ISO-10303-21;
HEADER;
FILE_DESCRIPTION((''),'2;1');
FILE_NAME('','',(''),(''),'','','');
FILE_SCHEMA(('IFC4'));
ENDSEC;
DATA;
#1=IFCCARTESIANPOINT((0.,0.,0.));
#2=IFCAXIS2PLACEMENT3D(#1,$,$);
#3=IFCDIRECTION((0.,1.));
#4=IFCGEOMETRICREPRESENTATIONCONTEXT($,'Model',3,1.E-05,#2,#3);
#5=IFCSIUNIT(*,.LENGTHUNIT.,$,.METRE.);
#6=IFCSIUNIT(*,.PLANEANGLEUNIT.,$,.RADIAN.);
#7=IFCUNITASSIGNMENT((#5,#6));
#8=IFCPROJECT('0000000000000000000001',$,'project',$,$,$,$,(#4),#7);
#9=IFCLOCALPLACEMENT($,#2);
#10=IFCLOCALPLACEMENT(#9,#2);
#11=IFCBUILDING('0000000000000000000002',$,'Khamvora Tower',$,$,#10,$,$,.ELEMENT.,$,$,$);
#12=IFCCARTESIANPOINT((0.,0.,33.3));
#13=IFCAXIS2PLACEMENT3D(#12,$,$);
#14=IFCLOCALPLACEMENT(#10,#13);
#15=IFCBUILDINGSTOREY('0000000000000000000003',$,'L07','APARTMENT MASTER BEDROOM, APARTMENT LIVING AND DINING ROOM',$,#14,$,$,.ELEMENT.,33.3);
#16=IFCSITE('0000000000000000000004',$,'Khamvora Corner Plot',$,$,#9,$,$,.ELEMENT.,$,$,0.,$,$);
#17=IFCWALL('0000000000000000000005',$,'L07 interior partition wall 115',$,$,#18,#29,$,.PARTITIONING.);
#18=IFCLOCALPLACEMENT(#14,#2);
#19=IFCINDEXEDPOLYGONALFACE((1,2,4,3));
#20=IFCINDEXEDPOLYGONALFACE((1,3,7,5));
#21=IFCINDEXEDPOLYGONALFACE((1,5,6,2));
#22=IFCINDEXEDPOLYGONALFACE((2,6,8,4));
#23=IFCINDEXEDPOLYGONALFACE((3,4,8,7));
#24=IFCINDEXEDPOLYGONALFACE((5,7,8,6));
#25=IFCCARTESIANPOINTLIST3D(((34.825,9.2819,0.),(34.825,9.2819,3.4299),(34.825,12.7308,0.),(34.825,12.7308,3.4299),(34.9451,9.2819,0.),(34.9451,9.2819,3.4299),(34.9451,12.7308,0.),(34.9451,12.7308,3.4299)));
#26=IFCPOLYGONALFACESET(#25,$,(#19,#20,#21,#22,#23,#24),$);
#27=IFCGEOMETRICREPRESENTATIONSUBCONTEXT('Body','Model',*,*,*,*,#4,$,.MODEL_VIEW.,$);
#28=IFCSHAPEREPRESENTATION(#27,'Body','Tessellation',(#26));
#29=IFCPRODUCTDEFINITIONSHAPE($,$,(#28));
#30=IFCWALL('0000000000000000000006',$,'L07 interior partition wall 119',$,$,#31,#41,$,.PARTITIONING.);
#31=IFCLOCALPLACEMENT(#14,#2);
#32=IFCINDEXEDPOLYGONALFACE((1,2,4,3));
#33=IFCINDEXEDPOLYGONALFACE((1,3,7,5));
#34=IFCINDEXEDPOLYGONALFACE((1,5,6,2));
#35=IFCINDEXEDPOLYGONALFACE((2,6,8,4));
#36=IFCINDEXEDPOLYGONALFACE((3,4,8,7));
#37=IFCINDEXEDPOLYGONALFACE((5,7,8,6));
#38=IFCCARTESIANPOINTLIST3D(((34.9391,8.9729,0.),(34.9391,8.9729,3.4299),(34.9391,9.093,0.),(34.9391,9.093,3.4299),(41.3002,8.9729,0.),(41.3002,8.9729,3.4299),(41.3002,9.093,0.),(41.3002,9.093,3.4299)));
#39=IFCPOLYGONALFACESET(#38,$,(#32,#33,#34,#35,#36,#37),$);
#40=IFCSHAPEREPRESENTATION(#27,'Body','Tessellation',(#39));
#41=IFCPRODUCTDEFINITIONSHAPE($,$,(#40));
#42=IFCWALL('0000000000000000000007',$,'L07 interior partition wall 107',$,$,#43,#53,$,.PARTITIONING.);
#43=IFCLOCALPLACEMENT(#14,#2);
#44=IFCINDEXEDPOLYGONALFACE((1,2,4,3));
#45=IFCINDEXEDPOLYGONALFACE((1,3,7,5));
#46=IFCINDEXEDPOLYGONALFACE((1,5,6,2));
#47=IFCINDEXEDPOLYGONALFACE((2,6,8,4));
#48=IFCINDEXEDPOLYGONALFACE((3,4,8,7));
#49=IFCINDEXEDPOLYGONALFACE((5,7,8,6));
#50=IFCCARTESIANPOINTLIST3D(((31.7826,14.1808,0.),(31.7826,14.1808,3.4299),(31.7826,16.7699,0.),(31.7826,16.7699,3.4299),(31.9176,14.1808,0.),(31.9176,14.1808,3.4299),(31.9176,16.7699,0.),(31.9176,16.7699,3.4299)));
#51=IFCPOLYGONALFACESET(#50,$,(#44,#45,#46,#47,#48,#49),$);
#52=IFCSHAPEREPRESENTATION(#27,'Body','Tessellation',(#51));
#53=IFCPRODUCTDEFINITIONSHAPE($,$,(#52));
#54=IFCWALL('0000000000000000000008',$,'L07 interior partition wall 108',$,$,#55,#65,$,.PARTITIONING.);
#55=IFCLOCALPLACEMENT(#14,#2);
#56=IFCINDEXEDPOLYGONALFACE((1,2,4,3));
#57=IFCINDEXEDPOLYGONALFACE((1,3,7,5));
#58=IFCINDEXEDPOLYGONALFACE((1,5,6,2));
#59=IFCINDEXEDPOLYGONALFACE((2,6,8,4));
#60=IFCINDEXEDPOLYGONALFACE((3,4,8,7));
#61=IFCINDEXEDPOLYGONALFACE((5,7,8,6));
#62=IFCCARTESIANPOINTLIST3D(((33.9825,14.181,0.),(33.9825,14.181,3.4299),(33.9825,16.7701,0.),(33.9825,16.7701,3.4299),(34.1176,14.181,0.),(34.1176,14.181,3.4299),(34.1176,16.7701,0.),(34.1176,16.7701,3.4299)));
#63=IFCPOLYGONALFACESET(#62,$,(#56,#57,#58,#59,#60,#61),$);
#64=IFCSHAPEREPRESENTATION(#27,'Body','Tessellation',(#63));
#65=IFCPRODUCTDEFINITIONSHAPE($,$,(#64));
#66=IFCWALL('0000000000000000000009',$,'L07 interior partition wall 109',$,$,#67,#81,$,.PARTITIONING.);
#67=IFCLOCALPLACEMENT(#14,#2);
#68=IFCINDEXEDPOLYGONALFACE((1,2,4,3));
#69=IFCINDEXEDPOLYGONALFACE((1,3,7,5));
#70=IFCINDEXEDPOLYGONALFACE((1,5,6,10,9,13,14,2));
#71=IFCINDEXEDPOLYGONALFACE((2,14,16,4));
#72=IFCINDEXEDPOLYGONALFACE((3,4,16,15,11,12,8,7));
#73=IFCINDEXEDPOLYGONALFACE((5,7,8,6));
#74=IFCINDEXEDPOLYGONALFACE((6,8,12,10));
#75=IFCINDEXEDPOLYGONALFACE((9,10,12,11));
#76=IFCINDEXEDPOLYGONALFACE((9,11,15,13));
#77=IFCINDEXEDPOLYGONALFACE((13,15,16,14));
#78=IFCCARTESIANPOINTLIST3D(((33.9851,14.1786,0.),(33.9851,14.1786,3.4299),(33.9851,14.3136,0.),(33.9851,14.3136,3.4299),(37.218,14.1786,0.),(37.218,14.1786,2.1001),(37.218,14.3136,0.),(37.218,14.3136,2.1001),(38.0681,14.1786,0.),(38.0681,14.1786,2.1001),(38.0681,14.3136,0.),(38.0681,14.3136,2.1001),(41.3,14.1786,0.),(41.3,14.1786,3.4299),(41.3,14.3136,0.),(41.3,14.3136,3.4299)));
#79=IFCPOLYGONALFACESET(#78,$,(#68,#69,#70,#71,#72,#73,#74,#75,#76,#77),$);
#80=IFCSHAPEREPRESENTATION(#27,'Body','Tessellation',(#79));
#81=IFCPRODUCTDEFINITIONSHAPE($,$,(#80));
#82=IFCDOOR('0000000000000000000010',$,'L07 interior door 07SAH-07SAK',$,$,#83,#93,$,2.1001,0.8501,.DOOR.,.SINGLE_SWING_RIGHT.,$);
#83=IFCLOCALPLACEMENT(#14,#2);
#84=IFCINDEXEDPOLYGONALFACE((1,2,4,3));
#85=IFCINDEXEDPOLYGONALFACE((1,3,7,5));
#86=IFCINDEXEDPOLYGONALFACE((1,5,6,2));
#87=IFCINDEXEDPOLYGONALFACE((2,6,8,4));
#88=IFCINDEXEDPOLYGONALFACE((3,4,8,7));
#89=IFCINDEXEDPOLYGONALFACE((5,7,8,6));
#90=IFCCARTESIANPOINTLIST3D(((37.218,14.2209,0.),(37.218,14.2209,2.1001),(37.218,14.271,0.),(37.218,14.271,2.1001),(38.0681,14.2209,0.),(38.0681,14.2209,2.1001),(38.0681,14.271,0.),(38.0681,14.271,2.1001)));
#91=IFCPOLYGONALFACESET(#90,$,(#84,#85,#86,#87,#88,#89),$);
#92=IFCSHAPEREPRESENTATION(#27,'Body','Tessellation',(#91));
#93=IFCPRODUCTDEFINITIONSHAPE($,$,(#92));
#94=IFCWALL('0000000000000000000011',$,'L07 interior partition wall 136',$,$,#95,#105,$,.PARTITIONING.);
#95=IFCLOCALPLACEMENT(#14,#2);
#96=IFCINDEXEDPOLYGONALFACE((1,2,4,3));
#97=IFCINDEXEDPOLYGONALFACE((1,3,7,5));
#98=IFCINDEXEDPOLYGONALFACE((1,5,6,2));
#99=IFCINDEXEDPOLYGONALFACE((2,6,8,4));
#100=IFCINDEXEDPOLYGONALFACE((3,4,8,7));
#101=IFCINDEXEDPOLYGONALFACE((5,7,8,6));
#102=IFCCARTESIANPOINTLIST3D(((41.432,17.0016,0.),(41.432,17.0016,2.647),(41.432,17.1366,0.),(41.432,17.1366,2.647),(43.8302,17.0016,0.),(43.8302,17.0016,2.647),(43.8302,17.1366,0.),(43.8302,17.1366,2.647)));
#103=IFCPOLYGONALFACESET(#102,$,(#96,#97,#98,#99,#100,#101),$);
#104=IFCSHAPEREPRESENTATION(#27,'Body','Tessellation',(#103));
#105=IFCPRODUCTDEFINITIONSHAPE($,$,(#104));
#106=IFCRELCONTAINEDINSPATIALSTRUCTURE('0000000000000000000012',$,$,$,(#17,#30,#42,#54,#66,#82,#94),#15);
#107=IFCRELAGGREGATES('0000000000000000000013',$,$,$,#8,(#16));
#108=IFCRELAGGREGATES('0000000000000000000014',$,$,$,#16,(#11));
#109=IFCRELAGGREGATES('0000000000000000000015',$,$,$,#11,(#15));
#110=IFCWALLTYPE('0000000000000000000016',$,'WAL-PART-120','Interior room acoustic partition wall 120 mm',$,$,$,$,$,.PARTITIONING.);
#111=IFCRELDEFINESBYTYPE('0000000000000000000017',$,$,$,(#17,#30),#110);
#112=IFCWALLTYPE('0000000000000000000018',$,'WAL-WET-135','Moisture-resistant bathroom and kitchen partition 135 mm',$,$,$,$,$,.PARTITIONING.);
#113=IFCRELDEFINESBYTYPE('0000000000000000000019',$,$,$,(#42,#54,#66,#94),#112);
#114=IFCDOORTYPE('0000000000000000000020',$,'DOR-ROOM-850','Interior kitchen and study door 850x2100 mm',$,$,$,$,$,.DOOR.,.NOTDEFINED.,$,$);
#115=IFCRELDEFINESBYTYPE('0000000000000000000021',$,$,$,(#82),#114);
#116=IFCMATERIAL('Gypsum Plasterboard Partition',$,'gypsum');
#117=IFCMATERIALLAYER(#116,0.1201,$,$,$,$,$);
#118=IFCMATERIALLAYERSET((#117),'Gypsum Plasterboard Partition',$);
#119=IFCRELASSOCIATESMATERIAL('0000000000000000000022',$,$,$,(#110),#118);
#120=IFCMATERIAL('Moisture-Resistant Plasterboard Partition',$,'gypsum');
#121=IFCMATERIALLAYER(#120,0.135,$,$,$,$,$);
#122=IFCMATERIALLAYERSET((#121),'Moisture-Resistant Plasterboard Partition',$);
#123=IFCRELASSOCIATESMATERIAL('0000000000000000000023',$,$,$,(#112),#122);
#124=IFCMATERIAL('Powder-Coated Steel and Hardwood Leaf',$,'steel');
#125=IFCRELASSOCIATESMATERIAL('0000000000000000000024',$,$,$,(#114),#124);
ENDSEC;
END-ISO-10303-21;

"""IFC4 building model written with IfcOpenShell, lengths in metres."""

from ifc_helpers import new_model, si_unit, direction, frame, frame_2d, origin, place, context, subcontext, project, spatial, rectangle, extrude, material, layer, layer_set, type_object, element, fill, save


model = new_model("IFC4")

# Units and contexts
model_context = context("Model", 3, precision=1e-05, world=origin(), true_north=direction((0.0, 1.0)))
body_context = subcontext(model_context, "Body", "Model", "MODEL_VIEW")
ifc_project = project(units=[si_unit("LENGTHUNIT", "METRE"), si_unit("PLANEANGLEUNIT", "RADIAN")], contexts=[model_context])

# Site, building, storey
site_placement = place(None, origin())
site = spatial("IfcSite", under=ifc_project, at=site_placement, Name="Khamvora Corner Plot", CompositionType="ELEMENT", RefElevation=0.0)
building_placement = place(site_placement, origin())
building = spatial("IfcBuilding", under=site, at=building_placement, Name="Khamvora Tower", CompositionType="ELEMENT")
storey_placement = place(building_placement, frame((0.0, 0.0, 33.3)))
storey = spatial("IfcBuildingStorey", under=building, at=storey_placement, Name="L07", Description="APARTMENT MASTER BEDROOM, APARTMENT LIVING AND DINING ROOM", CompositionType="ELEMENT", Elevation=33.3)

# Shared definitions
ifc_material_1 = material(Name="Powder-Coated Steel and Hardwood Leaf", Category="steel")

# Shared definitions
ifc_material_2 = material(Name="Gypsum Plasterboard Partition", Category="gypsum")
ifc_layer_1 = layer(ifc_material_2, 0.1201)
ifc_layer_set_1 = layer_set([ifc_layer_1], Name="Gypsum Plasterboard Partition")
wall_type_1 = type_object("IfcWallType", Name="WAL-PART-120", Description="Interior room acoustic partition wall 120 mm", PredefinedType="PARTITIONING", material=ifc_layer_set_1)

# Walls
wall_1_placement = place(storey_placement, frame((34.885, 12.731, 0.0), z_axis=(0.0, 0.0, 1.0), x_axis=(0.0, -1.0, 0.0)))
element("IfcWall", 1, at=wall_1_placement, inside=storey, type_object=wall_type_1, Name="L07 interior partition wall 115", PredefinedType="PARTITIONING", context=body_context, shape_type="SweptSolid", body=[
    extrude(rectangle(XDim=3.449, YDim=0.1201, at=frame_2d((1.7246, 0.0))), origin(), (0.0, 0.0, 1.0), 3.4299),
])
wall_2_placement = place(storey_placement, frame((34.939, 9.033, 0.0), z_axis=(0.0, 0.0, 1.0), x_axis=(1.0, 0.0, 0.0)))
element("IfcWall", 2, at=wall_2_placement, inside=storey, type_object=wall_type_1, Name="L07 interior partition wall 119", PredefinedType="PARTITIONING", context=body_context, shape_type="SweptSolid", body=[
    extrude(rectangle(XDim=6.3611, YDim=0.1201, at=frame_2d((3.1807, 0.0))), origin(), (0.0, 0.0, 1.0), 3.4299),
])
ifc_material_3 = material(Name="Moisture-Resistant Plasterboard Partition", Category="gypsum")
ifc_layer_2 = layer(ifc_material_3, 0.135)
ifc_layer_set_2 = layer_set([ifc_layer_2], Name="Moisture-Resistant Plasterboard Partition")
wall_type_2 = type_object("IfcWallType", Name="WAL-WET-135", Description="Moisture-resistant bathroom and kitchen partition 135 mm", PredefinedType="PARTITIONING", material=ifc_layer_set_2)
for number, where, z_axis, x_axis, name in (
    (3, (31.8501, 14.1809, 0.0), (0.0, 0.0, 1.0), (0.0, 1.0, 0.0), "L07 interior partition wall 107"),
    (4, (34.05, 16.77, 0.0), (0.0, 0.0, 1.0), (0.0, -1.0, 0.0), "L07 interior partition wall 108"),
):
    element("IfcWall", number, at=place(storey_placement, frame(where, z_axis=z_axis, x_axis=x_axis)), inside=storey, type_object=wall_type_2, Name=name, PredefinedType="PARTITIONING", context=body_context, shape_type="SweptSolid", body=[
        extrude(rectangle(XDim=2.5891, YDim=0.135, at=frame_2d((1.2944, 0.0))), origin(), (0.0, 0.0, 1.0), 3.4299),
    ])

# Wall, opening, door
wall_3_placement = place(storey_placement, frame((33.9851, 14.2461, 0.0), z_axis=(0.0, 0.0, 1.0), x_axis=(1.0, 0.0, 0.0)))
wall_3 = element("IfcWall", 5, at=wall_3_placement, inside=storey, type_object=wall_type_2, Name="L07 interior partition wall 109", PredefinedType="PARTITIONING", context=body_context, shape_type="SweptSolid", body=[
    extrude(rectangle(XDim=7.3149, YDim=0.135, at=frame_2d((3.6575, 0.0))), origin(), (0.0, 0.0, 1.0), 3.4299),
])
opening_1_placement = place(wall_3_placement, frame((3.2329, 0.0, 0.0)))
opening_1 = element("IfcOpeningElement", 6, at=opening_1_placement, cuts=wall_3, PredefinedType="OPENING", context=body_context, shape_type="SweptSolid", body=[
    extrude(rectangle(XDim=0.8501, YDim=2.1001, at=frame_2d((0.425, 1.05))), frame((0.0, 0.0774, 0.0), z_axis=(0.0, -1.0, 0.0), x_axis=(1.0, 0.0, 0.0)), (0.0, 0.0, 1.0), 0.155),
])
door_type_1 = type_object("IfcDoorType", Name="DOR-ROOM-850", Description="Interior kitchen and study door 850x2100 mm", OperationType="NOTDEFINED", PredefinedType="DOOR", material=ifc_material_1)
door_1_placement = place(opening_1_placement, origin())
door_1 = element("IfcDoor", 7, at=door_1_placement, inside=storey, type_object=door_type_1, Name="L07 interior door 07SAH-07SAK", OperationType="SINGLE_SWING_RIGHT", OverallHeight=2.1001, OverallWidth=0.8501, PredefinedType="DOOR", context=body_context, shape_type="SweptSolid", body=[
    extrude(rectangle(XDim=0.8501, YDim=2.1001, at=frame_2d((0.425, 1.05))), frame((0.0, 0.0249, 0.0), z_axis=(0.0, -1.0, 0.0), x_axis=(1.0, 0.0, 0.0)), (0.0, 0.0, 1.0), 0.05),
])
fill(opening_1, door_1)

# Wall
wall_4_placement = place(storey_placement, frame((41.4319, 17.0691, 0.0), z_axis=(0.0, 0.0, 1.0), x_axis=(1.0, 0.0, 0.0)))
element("IfcWall", 8, at=wall_4_placement, inside=storey, type_object=wall_type_2, Name="L07 interior partition wall 136", PredefinedType="PARTITIONING", context=body_context, shape_type="SweptSolid", body=[
    extrude(rectangle(XDim=2.3982, YDim=0.135, at=frame_2d((1.1992, 0.0))), origin(), (0.0, 0.0, 1.0), 2.647),
])

save(model, "model.ifc")
